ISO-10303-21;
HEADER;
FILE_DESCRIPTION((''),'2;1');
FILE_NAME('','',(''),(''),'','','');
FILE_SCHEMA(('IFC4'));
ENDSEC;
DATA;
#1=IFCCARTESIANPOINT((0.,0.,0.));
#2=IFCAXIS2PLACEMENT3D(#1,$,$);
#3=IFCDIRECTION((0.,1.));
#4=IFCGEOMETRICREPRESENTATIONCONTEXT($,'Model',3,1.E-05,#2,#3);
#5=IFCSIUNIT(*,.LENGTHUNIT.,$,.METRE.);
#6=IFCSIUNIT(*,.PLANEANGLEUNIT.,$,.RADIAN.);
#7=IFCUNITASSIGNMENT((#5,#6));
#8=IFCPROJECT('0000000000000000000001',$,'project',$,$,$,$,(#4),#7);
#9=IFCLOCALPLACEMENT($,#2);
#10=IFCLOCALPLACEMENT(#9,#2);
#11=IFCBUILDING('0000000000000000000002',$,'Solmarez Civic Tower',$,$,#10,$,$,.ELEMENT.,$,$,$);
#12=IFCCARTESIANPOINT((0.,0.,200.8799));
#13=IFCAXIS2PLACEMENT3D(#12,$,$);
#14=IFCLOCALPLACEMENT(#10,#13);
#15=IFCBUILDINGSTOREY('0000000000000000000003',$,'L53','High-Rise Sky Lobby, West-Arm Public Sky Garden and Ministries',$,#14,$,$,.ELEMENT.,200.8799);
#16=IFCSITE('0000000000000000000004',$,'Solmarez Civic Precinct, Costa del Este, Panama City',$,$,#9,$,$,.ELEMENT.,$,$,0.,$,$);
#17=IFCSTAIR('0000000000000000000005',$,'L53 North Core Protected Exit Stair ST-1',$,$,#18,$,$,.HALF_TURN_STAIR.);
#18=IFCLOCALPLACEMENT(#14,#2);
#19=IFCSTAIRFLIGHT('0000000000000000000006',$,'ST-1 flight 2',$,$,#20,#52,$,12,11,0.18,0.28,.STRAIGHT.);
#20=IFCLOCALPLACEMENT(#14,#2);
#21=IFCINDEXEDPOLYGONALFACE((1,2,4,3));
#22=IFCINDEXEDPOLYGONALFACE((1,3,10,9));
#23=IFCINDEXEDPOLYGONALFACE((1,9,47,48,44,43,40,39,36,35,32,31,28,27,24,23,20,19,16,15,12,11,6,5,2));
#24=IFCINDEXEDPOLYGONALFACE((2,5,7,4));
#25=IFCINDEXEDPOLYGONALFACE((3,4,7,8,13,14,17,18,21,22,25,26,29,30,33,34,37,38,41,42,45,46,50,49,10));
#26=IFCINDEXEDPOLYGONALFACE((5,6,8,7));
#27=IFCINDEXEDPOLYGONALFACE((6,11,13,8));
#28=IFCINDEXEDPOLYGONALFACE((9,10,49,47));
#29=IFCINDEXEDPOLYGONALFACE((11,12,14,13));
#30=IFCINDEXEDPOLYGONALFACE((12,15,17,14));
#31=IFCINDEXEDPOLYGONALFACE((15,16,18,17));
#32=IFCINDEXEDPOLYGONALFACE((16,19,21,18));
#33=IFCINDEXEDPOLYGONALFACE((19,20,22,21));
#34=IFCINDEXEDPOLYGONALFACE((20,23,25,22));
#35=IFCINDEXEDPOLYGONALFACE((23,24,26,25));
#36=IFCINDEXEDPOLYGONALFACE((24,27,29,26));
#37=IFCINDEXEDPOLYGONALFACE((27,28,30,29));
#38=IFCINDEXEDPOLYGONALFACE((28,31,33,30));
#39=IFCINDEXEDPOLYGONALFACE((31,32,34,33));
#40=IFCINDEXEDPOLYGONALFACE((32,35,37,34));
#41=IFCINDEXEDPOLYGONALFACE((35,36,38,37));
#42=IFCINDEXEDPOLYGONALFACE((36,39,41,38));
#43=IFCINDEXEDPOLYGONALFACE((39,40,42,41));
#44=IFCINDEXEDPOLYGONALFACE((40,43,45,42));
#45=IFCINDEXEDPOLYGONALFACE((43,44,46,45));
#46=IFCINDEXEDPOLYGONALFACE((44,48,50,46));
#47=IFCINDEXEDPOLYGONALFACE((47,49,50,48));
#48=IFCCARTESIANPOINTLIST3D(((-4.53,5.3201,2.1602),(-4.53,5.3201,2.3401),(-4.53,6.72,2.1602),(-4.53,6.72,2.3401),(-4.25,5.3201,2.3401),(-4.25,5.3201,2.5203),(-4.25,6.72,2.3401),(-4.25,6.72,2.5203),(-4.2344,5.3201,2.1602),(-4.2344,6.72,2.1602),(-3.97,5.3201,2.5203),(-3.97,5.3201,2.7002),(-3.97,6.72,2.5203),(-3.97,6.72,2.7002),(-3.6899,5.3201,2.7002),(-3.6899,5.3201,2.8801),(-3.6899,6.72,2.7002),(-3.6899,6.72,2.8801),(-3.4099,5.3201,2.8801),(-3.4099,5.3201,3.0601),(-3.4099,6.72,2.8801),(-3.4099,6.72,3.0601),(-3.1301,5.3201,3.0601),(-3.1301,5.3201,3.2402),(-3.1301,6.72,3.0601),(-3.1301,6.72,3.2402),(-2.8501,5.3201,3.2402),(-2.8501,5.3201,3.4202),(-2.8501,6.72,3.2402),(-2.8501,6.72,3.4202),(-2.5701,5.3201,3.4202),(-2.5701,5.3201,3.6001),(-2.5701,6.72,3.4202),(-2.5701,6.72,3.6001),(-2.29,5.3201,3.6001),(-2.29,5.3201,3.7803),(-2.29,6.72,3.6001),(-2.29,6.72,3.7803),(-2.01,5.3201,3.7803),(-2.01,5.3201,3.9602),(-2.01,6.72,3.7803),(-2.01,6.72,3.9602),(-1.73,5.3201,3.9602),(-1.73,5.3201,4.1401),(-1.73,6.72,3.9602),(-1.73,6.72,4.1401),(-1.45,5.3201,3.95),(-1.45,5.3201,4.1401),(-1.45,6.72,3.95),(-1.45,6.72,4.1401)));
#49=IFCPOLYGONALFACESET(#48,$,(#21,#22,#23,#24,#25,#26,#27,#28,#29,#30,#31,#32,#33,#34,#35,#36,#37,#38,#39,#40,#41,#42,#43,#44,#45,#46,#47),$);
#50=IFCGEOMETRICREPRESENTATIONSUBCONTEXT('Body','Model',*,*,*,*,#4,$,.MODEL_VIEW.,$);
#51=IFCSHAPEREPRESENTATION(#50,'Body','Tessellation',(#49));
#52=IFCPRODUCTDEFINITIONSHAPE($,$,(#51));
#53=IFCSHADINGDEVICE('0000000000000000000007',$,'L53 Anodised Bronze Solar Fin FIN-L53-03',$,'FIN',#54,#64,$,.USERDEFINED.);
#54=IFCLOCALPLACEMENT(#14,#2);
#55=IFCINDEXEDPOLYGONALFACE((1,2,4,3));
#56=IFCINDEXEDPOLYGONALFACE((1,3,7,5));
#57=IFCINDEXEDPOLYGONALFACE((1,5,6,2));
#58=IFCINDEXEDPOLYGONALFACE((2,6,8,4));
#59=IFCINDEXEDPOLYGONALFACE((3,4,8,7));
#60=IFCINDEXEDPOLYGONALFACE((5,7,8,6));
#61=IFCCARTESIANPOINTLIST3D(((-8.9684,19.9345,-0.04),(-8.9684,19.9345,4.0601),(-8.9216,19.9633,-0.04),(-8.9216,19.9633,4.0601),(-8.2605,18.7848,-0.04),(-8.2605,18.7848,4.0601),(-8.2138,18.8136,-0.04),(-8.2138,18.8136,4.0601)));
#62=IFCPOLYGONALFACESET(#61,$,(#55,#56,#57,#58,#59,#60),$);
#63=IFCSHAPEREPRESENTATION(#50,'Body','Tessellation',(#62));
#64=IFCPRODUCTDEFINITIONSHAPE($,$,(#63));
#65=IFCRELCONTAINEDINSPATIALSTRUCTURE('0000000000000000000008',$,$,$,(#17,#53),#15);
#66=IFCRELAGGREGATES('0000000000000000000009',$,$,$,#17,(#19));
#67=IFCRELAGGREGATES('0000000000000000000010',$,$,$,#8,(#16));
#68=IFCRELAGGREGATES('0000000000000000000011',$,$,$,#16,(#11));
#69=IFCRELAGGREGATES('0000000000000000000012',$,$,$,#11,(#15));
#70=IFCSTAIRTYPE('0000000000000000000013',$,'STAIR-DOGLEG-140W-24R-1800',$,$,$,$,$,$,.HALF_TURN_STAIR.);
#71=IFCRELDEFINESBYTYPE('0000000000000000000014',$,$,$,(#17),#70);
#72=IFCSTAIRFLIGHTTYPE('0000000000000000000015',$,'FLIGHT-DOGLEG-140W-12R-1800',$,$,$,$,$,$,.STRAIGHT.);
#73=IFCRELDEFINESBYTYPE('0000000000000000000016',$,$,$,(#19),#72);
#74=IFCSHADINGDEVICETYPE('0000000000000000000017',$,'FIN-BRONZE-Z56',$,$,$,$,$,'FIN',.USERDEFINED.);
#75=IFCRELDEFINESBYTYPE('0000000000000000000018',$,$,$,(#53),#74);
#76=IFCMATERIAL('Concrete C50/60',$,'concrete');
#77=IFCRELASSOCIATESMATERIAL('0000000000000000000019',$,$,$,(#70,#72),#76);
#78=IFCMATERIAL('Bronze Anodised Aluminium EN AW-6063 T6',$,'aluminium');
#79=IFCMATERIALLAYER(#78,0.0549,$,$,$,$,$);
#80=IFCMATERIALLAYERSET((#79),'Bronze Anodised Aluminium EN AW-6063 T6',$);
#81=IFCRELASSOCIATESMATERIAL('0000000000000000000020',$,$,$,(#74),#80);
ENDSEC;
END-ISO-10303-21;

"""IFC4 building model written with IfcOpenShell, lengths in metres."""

from ifc_helpers import new_model, si_unit, direction, frame, origin, origin_2d, place, context, subcontext, project, spatial, polyline, rectangle, outline, extrude, material, layer, layer_set, type_object, element, aggregate, save


model = new_model("IFC4")

# Units and contexts
model_context = context("Model", 3, precision=1e-05, world=origin(), true_north=direction((0.0, 1.0)))
body_context = subcontext(model_context, "Body", "Model", "MODEL_VIEW")
ifc_project = project(units=[si_unit("LENGTHUNIT", "METRE"), si_unit("PLANEANGLEUNIT", "RADIAN")], contexts=[model_context])

# Site, building, storey
site_placement = place(None, origin())
site = spatial("IfcSite", under=ifc_project, at=site_placement, Name="Solmarez Civic Precinct, Costa del Este, Panama City", CompositionType="ELEMENT", RefElevation=0.0)
building_placement = place(site_placement, origin())
building = spatial("IfcBuilding", under=site, at=building_placement, Name="Solmarez Civic Tower", CompositionType="ELEMENT")
storey_placement = place(building_placement, frame((0.0, 0.0, 200.8799)))
storey = spatial("IfcBuildingStorey", under=building, at=storey_placement, Name="L53", Description="High-Rise Sky Lobby, West-Arm Public Sky Garden and Ministries", CompositionType="ELEMENT", Elevation=200.8799)

# Shared definitions
ifc_material_1 = material(Name="Concrete C50/60", Category="concrete")

# Stair, stair flight
stair_type = type_object("IfcStairType", Name="STAIR-DOGLEG-140W-24R-1800", PredefinedType="HALF_TURN_STAIR", material=ifc_material_1)
stair_placement = place(storey_placement, origin())
stair = element("IfcStair", 1, at=stair_placement, inside=storey, type_object=stair_type, Name="L53 North Core Protected Exit Stair ST-1", PredefinedType="HALF_TURN_STAIR")
stair_flight_type = type_object("IfcStairFlightType", Name="FLIGHT-DOGLEG-140W-12R-1800", PredefinedType="STRAIGHT", material=ifc_material_1)
stair_flight_1_placement = place(storey_placement, frame((-4.53, 6.02, 2.1602), z_axis=(0.0, 0.0, 1.0), x_axis=(1.0, 0.0, 0.0)))
stair_flight_1 = element("IfcStairFlight", 2, at=stair_flight_1_placement, type_object=stair_flight_type, Name="ST-1 flight 2", NumberOfRisers=12, NumberOfTreads=11, PredefinedType="STRAIGHT", RiserHeight=0.18, TreadLength=0.28, context=body_context, shape_type="SweptSolid", body=[
    extrude(outline(polyline([(0.0, 0.0), (0.0, 0.1799), (0.28, 0.1799), (0.28, 0.3601), (0.5601, 0.3601), (0.5601, 0.54), (0.8401, 0.54), (0.8401, 0.72), (1.1201, 0.72), (1.1201, 0.8999), (1.3999, 0.8999), (1.3999, 1.0801), (1.6799, 1.0801), (1.6799, 1.26), (1.96, 1.26), (1.96, 1.4399), (2.24, 1.4399), (2.24, 1.6201), (2.52, 1.6201), (2.52, 1.8), (2.8, 1.8), (2.8, 1.98), (3.0801, 1.98), (3.0801, 2.1599), (3.0801, 1.7898), (0.2957, 0.0), (0.0, 0.0)])), frame((0.0, 0.7, 0.0), z_axis=(0.0, -1.0, 0.0), x_axis=(1.0, 0.0, 0.0)), (0.0, 0.0, 1.0), 1.3999),
])
aggregate(stair, [stair_flight_1])

# Shading device
ifc_material_2 = material(Name="Bronze Anodised Aluminium EN AW-6063 T6", Category="aluminium")
ifc_layer_1 = layer(ifc_material_2, 0.0549)
ifc_layer_set_1 = layer_set([ifc_layer_1], Name="Bronze Anodised Aluminium EN AW-6063 T6")
shading_device_type = type_object("IfcShadingDeviceType", Name="FIN-BRONZE-Z56", ElementType="FIN", PredefinedType="USERDEFINED", material=ifc_layer_set_1)
shading_device_placement = place(storey_placement, frame((-8.5911, 19.374, -0.04), z_axis=(0.0, 0.0, 1.0), x_axis=(-0.524283, 0.851544, 0.0)))
element("IfcShadingDevice", 3, at=shading_device_placement, inside=storey, type_object=shading_device_type, Name="L53 Anodised Bronze Solar Fin FIN-L53-03", ObjectType="FIN", PredefinedType="USERDEFINED", context=body_context, shape_type="SweptSolid", body=[
    extrude(rectangle(XDim=1.3501, YDim=0.0549, at=origin_2d()), origin(), (0.0, 0.0, 1.0), 4.1001),
])

save(model, "model.ifc")
